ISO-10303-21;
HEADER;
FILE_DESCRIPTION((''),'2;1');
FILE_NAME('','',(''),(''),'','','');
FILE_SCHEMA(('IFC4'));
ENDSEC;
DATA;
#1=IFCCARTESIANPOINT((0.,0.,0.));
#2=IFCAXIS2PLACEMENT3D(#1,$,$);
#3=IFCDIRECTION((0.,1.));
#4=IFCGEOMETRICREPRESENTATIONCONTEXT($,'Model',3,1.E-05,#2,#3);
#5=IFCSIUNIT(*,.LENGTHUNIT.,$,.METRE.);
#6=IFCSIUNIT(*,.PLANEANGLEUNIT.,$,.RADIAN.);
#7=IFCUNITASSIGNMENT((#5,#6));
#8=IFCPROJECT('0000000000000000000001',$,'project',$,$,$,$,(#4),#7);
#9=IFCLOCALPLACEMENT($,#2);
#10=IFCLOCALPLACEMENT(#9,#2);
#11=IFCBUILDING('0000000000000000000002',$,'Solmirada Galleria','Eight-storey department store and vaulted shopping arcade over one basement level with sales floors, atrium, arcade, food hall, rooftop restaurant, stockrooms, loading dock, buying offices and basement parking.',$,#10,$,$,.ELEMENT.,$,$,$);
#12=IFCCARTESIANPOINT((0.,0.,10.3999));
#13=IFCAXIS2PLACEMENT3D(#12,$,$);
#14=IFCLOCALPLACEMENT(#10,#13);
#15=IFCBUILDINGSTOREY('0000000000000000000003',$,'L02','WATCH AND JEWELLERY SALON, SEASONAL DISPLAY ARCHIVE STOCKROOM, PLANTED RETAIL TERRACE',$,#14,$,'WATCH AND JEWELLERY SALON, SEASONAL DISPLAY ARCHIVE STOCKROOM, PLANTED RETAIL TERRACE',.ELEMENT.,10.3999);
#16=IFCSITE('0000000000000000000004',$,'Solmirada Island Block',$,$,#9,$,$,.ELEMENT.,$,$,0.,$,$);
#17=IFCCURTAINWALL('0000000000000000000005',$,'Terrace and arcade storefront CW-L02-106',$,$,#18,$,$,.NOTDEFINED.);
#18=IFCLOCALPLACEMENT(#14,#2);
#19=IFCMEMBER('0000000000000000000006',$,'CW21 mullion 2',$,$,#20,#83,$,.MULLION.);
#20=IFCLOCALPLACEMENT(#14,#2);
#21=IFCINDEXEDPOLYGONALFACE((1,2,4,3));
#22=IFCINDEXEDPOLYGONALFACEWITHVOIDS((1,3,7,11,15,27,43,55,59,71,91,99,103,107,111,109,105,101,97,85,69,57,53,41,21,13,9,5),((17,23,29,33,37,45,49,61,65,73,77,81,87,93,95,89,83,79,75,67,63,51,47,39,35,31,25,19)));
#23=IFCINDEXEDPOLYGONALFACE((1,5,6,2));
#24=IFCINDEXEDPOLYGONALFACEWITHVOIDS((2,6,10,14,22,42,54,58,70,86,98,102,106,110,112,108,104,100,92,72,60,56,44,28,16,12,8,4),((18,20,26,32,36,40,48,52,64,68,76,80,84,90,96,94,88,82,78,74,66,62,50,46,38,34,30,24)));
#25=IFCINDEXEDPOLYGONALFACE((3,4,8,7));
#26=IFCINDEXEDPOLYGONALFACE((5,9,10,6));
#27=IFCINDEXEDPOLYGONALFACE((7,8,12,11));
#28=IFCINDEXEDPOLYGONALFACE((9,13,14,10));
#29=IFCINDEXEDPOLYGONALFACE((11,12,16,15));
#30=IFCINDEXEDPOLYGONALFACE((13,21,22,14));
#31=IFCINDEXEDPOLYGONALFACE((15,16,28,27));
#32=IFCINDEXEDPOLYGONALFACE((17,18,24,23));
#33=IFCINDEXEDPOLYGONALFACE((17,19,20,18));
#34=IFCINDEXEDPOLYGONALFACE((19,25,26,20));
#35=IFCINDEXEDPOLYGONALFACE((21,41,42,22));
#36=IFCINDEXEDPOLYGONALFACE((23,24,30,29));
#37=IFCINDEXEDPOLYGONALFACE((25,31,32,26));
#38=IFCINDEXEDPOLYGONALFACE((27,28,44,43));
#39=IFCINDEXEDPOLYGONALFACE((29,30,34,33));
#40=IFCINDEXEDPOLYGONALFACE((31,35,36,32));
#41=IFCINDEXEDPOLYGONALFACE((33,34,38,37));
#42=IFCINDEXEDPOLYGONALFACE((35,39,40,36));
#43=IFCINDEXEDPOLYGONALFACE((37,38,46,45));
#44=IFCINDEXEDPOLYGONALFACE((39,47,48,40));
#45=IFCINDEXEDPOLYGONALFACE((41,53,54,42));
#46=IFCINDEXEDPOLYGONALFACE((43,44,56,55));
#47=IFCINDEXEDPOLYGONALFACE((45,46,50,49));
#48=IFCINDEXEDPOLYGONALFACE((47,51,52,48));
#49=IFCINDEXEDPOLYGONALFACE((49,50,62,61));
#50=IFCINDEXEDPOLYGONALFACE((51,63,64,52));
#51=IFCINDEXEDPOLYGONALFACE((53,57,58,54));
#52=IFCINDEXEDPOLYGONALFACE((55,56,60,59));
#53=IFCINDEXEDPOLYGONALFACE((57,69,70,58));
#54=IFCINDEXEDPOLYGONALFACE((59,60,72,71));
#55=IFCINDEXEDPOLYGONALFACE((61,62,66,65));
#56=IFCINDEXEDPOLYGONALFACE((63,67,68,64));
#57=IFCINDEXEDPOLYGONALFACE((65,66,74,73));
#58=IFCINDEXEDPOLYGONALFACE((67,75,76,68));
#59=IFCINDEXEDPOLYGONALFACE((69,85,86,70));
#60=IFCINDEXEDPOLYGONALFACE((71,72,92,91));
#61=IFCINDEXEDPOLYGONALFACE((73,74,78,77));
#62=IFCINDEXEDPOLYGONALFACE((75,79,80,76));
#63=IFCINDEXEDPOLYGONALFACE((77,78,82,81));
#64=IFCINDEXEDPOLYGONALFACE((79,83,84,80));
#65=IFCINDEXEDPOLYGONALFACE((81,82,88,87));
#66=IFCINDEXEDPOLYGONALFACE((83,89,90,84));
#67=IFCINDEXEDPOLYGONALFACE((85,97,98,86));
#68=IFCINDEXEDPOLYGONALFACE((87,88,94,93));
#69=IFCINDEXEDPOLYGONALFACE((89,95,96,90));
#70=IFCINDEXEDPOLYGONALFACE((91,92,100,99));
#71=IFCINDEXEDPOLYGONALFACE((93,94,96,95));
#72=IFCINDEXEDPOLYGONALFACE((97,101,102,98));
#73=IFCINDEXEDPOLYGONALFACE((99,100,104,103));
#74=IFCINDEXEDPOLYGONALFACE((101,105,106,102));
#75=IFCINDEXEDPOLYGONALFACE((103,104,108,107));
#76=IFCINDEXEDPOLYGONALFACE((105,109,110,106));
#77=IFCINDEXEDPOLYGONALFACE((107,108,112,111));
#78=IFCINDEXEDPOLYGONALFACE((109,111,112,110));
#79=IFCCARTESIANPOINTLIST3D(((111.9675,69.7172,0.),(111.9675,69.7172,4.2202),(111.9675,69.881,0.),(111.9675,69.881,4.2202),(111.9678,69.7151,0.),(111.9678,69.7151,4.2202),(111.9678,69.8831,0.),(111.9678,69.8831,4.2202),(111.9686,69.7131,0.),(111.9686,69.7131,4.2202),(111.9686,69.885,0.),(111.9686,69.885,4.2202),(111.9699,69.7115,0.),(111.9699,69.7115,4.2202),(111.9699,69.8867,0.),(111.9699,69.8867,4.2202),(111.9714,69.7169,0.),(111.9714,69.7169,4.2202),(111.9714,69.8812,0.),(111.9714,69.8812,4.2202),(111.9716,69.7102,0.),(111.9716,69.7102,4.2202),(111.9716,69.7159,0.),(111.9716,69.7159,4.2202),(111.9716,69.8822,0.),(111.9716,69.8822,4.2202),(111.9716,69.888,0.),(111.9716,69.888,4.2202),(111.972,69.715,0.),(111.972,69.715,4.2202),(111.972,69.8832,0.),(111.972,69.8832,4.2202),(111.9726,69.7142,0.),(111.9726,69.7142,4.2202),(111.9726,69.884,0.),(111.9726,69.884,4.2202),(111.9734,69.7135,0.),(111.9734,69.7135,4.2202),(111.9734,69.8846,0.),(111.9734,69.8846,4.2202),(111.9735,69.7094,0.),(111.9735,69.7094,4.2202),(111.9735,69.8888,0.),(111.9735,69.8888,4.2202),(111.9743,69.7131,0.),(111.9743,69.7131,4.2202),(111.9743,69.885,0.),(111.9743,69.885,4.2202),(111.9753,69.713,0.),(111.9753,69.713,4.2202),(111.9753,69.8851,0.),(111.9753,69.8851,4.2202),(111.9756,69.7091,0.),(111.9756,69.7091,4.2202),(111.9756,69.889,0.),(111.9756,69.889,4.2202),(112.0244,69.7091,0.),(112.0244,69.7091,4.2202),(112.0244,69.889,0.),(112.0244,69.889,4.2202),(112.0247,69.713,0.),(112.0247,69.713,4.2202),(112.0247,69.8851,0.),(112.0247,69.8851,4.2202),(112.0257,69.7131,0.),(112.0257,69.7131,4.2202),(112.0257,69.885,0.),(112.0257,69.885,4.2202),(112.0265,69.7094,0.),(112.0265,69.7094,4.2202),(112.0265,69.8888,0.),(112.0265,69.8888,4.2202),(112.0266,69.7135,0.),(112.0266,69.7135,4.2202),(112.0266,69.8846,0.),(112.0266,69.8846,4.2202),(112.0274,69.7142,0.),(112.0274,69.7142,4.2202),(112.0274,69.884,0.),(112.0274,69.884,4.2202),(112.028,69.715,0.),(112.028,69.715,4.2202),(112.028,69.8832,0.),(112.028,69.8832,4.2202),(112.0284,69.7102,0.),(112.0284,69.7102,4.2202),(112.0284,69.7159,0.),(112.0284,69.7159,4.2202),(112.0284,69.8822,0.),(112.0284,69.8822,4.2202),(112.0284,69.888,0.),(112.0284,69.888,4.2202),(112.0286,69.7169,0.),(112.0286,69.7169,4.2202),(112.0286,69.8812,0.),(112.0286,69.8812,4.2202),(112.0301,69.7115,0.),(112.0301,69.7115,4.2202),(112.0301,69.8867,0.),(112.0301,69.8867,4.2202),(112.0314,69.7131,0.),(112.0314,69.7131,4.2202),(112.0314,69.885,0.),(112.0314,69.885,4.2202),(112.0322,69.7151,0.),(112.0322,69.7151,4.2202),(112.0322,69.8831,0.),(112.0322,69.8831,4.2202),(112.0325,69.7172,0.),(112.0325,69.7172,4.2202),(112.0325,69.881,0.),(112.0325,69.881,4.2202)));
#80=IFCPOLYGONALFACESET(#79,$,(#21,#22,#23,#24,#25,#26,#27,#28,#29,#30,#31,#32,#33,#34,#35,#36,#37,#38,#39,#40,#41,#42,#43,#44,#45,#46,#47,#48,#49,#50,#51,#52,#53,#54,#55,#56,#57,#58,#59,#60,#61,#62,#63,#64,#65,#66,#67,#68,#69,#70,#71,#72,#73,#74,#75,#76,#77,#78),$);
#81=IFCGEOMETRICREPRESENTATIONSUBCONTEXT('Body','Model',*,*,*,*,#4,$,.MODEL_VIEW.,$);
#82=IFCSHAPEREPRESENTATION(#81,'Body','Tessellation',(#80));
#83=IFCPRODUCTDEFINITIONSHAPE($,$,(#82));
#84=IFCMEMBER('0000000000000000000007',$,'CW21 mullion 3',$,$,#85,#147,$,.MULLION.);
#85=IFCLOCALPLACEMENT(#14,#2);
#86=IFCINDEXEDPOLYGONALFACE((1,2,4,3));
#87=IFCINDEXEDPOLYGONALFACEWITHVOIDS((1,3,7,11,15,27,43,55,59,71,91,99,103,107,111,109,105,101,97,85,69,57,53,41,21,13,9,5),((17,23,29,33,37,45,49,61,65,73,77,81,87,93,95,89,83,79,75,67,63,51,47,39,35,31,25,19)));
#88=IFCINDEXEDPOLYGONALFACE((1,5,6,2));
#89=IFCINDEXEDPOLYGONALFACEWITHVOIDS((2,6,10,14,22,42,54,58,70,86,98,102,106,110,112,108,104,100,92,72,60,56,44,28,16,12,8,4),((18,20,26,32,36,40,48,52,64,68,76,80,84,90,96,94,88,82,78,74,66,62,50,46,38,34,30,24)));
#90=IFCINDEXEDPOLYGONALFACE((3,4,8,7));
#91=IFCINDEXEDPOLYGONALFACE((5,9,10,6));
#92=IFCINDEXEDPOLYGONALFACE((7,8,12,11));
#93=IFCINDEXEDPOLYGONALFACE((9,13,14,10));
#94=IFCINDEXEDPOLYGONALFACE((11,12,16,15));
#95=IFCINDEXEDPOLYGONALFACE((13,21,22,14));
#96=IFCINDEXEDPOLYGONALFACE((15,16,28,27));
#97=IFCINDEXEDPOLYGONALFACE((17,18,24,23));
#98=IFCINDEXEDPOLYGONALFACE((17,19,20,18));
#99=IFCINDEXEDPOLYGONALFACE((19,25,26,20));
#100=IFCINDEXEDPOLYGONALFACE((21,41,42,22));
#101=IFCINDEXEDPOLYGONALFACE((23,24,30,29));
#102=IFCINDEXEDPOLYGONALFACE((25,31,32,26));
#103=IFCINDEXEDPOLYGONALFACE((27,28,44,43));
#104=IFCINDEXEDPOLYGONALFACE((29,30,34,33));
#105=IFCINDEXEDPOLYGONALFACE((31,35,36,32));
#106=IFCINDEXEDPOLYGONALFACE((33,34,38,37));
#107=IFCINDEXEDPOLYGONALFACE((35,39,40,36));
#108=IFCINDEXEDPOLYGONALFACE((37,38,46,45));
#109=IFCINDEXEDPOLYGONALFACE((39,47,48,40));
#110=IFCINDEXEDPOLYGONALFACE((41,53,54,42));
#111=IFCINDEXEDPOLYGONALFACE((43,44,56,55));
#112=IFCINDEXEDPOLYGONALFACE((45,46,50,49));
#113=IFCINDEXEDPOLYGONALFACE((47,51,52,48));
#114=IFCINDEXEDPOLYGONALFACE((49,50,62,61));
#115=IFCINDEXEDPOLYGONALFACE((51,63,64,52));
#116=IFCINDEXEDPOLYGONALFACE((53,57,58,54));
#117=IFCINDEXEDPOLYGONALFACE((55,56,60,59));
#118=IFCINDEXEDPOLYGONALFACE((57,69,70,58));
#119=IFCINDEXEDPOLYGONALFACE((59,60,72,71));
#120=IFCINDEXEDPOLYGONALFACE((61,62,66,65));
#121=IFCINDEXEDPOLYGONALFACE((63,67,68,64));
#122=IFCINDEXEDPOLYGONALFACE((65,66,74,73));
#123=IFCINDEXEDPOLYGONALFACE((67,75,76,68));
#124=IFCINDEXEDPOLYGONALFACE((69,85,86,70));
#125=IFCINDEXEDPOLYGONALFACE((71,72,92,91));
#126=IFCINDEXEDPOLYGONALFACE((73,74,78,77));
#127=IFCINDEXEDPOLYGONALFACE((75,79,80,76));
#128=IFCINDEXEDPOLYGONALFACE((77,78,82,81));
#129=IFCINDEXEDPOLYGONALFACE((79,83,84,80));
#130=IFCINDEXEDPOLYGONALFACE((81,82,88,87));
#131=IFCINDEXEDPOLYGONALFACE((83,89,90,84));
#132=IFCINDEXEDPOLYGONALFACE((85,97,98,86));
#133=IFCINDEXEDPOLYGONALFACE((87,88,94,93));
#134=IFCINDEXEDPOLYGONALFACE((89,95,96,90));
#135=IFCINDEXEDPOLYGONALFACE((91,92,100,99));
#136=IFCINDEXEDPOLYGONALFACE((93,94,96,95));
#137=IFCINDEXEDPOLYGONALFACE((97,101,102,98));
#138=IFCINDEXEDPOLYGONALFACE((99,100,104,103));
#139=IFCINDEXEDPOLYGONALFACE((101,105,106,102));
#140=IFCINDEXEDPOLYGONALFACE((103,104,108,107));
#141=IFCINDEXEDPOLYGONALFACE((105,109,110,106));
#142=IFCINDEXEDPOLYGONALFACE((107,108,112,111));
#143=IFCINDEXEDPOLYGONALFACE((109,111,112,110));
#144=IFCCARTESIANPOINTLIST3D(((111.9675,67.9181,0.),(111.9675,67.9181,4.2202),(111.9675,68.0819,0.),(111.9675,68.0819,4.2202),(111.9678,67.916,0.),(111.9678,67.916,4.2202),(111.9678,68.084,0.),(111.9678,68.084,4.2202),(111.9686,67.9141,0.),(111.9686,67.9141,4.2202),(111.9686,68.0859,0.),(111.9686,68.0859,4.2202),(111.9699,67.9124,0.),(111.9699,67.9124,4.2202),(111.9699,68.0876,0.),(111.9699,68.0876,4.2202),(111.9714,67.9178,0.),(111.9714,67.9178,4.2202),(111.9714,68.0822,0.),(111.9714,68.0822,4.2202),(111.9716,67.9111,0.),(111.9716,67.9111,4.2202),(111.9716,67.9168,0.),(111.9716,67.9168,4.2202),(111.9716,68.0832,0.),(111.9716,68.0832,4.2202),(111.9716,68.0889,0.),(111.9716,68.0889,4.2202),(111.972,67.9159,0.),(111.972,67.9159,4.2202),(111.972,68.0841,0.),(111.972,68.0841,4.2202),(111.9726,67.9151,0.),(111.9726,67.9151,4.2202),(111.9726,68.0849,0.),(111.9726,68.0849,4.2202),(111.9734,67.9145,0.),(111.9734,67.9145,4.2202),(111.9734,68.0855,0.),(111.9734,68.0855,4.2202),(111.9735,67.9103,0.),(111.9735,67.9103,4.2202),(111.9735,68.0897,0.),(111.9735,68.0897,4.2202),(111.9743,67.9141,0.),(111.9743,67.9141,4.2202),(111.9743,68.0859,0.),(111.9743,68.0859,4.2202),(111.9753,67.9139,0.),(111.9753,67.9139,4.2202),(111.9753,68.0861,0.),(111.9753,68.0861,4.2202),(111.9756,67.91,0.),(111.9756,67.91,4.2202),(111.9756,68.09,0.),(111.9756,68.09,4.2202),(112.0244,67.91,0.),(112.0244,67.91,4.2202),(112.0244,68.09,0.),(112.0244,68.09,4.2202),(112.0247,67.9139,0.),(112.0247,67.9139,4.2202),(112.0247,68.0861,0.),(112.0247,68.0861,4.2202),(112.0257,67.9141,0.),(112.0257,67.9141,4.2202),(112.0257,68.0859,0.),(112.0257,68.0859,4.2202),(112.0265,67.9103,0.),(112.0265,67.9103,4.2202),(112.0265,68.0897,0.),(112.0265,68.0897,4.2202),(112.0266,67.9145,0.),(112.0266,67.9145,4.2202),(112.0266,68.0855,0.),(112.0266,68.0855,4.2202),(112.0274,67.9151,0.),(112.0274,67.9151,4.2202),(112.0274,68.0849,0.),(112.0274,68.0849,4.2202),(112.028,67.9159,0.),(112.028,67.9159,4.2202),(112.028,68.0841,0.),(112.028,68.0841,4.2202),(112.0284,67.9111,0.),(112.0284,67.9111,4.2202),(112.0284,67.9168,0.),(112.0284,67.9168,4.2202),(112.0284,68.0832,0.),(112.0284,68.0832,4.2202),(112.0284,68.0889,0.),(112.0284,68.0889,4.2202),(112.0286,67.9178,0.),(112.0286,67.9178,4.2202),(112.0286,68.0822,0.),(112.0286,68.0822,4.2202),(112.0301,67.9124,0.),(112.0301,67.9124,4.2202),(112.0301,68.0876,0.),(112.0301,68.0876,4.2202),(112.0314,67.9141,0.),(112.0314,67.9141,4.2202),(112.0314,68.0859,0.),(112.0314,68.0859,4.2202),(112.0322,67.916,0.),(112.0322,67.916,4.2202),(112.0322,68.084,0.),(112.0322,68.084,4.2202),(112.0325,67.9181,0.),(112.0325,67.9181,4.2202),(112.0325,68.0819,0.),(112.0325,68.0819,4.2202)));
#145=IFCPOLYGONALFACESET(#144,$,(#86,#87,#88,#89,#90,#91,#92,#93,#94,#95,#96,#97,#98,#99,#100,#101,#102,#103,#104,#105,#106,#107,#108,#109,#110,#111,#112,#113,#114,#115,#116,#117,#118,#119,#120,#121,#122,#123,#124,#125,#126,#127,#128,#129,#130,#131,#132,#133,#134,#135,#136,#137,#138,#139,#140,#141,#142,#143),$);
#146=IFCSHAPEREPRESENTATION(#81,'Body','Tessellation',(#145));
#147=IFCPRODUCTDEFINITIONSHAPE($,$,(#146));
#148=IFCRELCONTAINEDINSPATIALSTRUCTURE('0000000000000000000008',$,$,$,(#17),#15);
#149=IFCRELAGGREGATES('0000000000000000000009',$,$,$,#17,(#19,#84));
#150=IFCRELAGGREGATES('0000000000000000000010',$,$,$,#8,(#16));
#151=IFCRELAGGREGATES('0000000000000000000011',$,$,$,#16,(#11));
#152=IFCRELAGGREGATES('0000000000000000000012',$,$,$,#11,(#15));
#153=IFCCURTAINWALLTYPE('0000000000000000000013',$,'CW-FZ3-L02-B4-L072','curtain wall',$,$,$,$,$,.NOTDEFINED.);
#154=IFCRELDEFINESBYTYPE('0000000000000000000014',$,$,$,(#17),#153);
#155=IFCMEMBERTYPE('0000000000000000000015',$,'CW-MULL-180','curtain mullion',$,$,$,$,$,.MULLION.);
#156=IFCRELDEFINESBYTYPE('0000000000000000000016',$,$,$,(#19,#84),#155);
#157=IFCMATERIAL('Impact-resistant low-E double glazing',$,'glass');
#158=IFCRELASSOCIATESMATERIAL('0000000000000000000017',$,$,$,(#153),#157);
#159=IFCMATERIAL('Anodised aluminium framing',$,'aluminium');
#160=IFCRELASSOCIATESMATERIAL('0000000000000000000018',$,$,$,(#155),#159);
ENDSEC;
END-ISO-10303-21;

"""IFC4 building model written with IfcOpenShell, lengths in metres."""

from ifc_helpers import new_model, si_unit, direction, frame, origin, origin_2d, place, context, subcontext, project, spatial, hollow_rectangle, extrude, material, material_profile, profile_set, type_object, element, aggregate, save


model = new_model("IFC4")

# Units and contexts
model_context = context("Model", 3, precision=1e-05, world=origin(), true_north=direction((0.0, 1.0)))
body_context = subcontext(model_context, "Body", "Model", "MODEL_VIEW")
ifc_project = project(units=[si_unit("LENGTHUNIT", "METRE"), si_unit("PLANEANGLEUNIT", "RADIAN")], contexts=[model_context])

# Site, building, storey
site_placement = place(None, origin())
site = spatial("IfcSite", under=ifc_project, at=site_placement, Name="Solmirada Island Block", CompositionType="ELEMENT", RefElevation=0.0)
building_placement = place(site_placement, origin())
building = spatial("IfcBuilding", under=site, at=building_placement, Name="Solmirada Galleria", Description="Eight-storey department store and vaulted shopping arcade over one basement level with sales floors, atrium, arcade, food hall, rooftop restaurant, stockrooms, loading dock, buying offices and basement parking.", CompositionType="ELEMENT")
storey_placement = place(building_placement, frame((0.0, 0.0, 10.3999)))
storey = spatial("IfcBuildingStorey", under=building, at=storey_placement, Name="L02", Description="WATCH AND JEWELLERY SALON, SEASONAL DISPLAY ARCHIVE STOCKROOM, PLANTED RETAIL TERRACE", LongName="WATCH AND JEWELLERY SALON, SEASONAL DISPLAY ARCHIVE STOCKROOM, PLANTED RETAIL TERRACE", CompositionType="ELEMENT", Elevation=10.3999)

# Curtain wall, members
ifc_material_1 = material(Name="Impact-resistant low-E double glazing", Category="glass")
curtain_wall_type = type_object("IfcCurtainWallType", Name="CW-FZ3-L02-B4-L072", Description="curtain wall", PredefinedType="NOTDEFINED", material=ifc_material_1)
curtain_wall_1_placement = place(storey_placement, origin())
curtain_wall_1 = element("IfcCurtainWall", 1, at=curtain_wall_1_placement, inside=storey, type_object=curtain_wall_type, Name="Terrace and arcade storefront CW-L02-106", PredefinedType="NOTDEFINED")
ifc_material_2 = material(Name="Anodised aluminium framing", Category="aluminium")
ifc_material_profile_1 = material_profile(ifc_material_2, hollow_rectangle(XDim=0.0649, YDim=0.1799, WallThickness=0.0039, InnerFilletRadius=0.0039, OuterFilletRadius=0.0081, at=origin_2d()), Name="ALU-MULL-180X65")
ifc_profile_set_1 = profile_set([ifc_material_profile_1], Name="Anodised aluminium framing")
member_type_1 = type_object("IfcMemberType", Name="CW-MULL-180", Description="curtain mullion", PredefinedType="MULLION", material=ifc_profile_set_1)
member_1_placement = place(storey_placement, frame((112.0, 69.7991, 0.0), z_axis=(0.0, 0.0, 1.0), x_axis=(1.0, 0.0, 0.0)))
member_1 = element("IfcMember", 2, at=member_1_placement, type_object=member_type_1, Name="CW21 mullion 2", PredefinedType="MULLION", context=body_context, shape_type="SweptSolid", body=[
    extrude(hollow_rectangle(XDim=0.0649, YDim=0.1799, WallThickness=0.0039, InnerFilletRadius=0.0039, OuterFilletRadius=0.0081, at=origin_2d()), origin(), (0.0, 0.0, 1.0), 4.2202),
])
member_2_placement = place(storey_placement, frame((112.0, 68.0, 0.0), z_axis=(0.0, 0.0, 1.0), x_axis=(1.0, 0.0, 0.0)))
member_2 = element("IfcMember", 3, at=member_2_placement, type_object=member_type_1, Name="CW21 mullion 3", PredefinedType="MULLION", context=body_context, shape_type="SweptSolid", body=[
    extrude(hollow_rectangle(XDim=0.0649, YDim=0.1799, WallThickness=0.0039, InnerFilletRadius=0.0039, OuterFilletRadius=0.0081, at=origin_2d()), origin(), (0.0, 0.0, 1.0), 4.2202),
])

aggregate(curtain_wall_1, [member_1, member_2])

save(model, "model.ifc")
